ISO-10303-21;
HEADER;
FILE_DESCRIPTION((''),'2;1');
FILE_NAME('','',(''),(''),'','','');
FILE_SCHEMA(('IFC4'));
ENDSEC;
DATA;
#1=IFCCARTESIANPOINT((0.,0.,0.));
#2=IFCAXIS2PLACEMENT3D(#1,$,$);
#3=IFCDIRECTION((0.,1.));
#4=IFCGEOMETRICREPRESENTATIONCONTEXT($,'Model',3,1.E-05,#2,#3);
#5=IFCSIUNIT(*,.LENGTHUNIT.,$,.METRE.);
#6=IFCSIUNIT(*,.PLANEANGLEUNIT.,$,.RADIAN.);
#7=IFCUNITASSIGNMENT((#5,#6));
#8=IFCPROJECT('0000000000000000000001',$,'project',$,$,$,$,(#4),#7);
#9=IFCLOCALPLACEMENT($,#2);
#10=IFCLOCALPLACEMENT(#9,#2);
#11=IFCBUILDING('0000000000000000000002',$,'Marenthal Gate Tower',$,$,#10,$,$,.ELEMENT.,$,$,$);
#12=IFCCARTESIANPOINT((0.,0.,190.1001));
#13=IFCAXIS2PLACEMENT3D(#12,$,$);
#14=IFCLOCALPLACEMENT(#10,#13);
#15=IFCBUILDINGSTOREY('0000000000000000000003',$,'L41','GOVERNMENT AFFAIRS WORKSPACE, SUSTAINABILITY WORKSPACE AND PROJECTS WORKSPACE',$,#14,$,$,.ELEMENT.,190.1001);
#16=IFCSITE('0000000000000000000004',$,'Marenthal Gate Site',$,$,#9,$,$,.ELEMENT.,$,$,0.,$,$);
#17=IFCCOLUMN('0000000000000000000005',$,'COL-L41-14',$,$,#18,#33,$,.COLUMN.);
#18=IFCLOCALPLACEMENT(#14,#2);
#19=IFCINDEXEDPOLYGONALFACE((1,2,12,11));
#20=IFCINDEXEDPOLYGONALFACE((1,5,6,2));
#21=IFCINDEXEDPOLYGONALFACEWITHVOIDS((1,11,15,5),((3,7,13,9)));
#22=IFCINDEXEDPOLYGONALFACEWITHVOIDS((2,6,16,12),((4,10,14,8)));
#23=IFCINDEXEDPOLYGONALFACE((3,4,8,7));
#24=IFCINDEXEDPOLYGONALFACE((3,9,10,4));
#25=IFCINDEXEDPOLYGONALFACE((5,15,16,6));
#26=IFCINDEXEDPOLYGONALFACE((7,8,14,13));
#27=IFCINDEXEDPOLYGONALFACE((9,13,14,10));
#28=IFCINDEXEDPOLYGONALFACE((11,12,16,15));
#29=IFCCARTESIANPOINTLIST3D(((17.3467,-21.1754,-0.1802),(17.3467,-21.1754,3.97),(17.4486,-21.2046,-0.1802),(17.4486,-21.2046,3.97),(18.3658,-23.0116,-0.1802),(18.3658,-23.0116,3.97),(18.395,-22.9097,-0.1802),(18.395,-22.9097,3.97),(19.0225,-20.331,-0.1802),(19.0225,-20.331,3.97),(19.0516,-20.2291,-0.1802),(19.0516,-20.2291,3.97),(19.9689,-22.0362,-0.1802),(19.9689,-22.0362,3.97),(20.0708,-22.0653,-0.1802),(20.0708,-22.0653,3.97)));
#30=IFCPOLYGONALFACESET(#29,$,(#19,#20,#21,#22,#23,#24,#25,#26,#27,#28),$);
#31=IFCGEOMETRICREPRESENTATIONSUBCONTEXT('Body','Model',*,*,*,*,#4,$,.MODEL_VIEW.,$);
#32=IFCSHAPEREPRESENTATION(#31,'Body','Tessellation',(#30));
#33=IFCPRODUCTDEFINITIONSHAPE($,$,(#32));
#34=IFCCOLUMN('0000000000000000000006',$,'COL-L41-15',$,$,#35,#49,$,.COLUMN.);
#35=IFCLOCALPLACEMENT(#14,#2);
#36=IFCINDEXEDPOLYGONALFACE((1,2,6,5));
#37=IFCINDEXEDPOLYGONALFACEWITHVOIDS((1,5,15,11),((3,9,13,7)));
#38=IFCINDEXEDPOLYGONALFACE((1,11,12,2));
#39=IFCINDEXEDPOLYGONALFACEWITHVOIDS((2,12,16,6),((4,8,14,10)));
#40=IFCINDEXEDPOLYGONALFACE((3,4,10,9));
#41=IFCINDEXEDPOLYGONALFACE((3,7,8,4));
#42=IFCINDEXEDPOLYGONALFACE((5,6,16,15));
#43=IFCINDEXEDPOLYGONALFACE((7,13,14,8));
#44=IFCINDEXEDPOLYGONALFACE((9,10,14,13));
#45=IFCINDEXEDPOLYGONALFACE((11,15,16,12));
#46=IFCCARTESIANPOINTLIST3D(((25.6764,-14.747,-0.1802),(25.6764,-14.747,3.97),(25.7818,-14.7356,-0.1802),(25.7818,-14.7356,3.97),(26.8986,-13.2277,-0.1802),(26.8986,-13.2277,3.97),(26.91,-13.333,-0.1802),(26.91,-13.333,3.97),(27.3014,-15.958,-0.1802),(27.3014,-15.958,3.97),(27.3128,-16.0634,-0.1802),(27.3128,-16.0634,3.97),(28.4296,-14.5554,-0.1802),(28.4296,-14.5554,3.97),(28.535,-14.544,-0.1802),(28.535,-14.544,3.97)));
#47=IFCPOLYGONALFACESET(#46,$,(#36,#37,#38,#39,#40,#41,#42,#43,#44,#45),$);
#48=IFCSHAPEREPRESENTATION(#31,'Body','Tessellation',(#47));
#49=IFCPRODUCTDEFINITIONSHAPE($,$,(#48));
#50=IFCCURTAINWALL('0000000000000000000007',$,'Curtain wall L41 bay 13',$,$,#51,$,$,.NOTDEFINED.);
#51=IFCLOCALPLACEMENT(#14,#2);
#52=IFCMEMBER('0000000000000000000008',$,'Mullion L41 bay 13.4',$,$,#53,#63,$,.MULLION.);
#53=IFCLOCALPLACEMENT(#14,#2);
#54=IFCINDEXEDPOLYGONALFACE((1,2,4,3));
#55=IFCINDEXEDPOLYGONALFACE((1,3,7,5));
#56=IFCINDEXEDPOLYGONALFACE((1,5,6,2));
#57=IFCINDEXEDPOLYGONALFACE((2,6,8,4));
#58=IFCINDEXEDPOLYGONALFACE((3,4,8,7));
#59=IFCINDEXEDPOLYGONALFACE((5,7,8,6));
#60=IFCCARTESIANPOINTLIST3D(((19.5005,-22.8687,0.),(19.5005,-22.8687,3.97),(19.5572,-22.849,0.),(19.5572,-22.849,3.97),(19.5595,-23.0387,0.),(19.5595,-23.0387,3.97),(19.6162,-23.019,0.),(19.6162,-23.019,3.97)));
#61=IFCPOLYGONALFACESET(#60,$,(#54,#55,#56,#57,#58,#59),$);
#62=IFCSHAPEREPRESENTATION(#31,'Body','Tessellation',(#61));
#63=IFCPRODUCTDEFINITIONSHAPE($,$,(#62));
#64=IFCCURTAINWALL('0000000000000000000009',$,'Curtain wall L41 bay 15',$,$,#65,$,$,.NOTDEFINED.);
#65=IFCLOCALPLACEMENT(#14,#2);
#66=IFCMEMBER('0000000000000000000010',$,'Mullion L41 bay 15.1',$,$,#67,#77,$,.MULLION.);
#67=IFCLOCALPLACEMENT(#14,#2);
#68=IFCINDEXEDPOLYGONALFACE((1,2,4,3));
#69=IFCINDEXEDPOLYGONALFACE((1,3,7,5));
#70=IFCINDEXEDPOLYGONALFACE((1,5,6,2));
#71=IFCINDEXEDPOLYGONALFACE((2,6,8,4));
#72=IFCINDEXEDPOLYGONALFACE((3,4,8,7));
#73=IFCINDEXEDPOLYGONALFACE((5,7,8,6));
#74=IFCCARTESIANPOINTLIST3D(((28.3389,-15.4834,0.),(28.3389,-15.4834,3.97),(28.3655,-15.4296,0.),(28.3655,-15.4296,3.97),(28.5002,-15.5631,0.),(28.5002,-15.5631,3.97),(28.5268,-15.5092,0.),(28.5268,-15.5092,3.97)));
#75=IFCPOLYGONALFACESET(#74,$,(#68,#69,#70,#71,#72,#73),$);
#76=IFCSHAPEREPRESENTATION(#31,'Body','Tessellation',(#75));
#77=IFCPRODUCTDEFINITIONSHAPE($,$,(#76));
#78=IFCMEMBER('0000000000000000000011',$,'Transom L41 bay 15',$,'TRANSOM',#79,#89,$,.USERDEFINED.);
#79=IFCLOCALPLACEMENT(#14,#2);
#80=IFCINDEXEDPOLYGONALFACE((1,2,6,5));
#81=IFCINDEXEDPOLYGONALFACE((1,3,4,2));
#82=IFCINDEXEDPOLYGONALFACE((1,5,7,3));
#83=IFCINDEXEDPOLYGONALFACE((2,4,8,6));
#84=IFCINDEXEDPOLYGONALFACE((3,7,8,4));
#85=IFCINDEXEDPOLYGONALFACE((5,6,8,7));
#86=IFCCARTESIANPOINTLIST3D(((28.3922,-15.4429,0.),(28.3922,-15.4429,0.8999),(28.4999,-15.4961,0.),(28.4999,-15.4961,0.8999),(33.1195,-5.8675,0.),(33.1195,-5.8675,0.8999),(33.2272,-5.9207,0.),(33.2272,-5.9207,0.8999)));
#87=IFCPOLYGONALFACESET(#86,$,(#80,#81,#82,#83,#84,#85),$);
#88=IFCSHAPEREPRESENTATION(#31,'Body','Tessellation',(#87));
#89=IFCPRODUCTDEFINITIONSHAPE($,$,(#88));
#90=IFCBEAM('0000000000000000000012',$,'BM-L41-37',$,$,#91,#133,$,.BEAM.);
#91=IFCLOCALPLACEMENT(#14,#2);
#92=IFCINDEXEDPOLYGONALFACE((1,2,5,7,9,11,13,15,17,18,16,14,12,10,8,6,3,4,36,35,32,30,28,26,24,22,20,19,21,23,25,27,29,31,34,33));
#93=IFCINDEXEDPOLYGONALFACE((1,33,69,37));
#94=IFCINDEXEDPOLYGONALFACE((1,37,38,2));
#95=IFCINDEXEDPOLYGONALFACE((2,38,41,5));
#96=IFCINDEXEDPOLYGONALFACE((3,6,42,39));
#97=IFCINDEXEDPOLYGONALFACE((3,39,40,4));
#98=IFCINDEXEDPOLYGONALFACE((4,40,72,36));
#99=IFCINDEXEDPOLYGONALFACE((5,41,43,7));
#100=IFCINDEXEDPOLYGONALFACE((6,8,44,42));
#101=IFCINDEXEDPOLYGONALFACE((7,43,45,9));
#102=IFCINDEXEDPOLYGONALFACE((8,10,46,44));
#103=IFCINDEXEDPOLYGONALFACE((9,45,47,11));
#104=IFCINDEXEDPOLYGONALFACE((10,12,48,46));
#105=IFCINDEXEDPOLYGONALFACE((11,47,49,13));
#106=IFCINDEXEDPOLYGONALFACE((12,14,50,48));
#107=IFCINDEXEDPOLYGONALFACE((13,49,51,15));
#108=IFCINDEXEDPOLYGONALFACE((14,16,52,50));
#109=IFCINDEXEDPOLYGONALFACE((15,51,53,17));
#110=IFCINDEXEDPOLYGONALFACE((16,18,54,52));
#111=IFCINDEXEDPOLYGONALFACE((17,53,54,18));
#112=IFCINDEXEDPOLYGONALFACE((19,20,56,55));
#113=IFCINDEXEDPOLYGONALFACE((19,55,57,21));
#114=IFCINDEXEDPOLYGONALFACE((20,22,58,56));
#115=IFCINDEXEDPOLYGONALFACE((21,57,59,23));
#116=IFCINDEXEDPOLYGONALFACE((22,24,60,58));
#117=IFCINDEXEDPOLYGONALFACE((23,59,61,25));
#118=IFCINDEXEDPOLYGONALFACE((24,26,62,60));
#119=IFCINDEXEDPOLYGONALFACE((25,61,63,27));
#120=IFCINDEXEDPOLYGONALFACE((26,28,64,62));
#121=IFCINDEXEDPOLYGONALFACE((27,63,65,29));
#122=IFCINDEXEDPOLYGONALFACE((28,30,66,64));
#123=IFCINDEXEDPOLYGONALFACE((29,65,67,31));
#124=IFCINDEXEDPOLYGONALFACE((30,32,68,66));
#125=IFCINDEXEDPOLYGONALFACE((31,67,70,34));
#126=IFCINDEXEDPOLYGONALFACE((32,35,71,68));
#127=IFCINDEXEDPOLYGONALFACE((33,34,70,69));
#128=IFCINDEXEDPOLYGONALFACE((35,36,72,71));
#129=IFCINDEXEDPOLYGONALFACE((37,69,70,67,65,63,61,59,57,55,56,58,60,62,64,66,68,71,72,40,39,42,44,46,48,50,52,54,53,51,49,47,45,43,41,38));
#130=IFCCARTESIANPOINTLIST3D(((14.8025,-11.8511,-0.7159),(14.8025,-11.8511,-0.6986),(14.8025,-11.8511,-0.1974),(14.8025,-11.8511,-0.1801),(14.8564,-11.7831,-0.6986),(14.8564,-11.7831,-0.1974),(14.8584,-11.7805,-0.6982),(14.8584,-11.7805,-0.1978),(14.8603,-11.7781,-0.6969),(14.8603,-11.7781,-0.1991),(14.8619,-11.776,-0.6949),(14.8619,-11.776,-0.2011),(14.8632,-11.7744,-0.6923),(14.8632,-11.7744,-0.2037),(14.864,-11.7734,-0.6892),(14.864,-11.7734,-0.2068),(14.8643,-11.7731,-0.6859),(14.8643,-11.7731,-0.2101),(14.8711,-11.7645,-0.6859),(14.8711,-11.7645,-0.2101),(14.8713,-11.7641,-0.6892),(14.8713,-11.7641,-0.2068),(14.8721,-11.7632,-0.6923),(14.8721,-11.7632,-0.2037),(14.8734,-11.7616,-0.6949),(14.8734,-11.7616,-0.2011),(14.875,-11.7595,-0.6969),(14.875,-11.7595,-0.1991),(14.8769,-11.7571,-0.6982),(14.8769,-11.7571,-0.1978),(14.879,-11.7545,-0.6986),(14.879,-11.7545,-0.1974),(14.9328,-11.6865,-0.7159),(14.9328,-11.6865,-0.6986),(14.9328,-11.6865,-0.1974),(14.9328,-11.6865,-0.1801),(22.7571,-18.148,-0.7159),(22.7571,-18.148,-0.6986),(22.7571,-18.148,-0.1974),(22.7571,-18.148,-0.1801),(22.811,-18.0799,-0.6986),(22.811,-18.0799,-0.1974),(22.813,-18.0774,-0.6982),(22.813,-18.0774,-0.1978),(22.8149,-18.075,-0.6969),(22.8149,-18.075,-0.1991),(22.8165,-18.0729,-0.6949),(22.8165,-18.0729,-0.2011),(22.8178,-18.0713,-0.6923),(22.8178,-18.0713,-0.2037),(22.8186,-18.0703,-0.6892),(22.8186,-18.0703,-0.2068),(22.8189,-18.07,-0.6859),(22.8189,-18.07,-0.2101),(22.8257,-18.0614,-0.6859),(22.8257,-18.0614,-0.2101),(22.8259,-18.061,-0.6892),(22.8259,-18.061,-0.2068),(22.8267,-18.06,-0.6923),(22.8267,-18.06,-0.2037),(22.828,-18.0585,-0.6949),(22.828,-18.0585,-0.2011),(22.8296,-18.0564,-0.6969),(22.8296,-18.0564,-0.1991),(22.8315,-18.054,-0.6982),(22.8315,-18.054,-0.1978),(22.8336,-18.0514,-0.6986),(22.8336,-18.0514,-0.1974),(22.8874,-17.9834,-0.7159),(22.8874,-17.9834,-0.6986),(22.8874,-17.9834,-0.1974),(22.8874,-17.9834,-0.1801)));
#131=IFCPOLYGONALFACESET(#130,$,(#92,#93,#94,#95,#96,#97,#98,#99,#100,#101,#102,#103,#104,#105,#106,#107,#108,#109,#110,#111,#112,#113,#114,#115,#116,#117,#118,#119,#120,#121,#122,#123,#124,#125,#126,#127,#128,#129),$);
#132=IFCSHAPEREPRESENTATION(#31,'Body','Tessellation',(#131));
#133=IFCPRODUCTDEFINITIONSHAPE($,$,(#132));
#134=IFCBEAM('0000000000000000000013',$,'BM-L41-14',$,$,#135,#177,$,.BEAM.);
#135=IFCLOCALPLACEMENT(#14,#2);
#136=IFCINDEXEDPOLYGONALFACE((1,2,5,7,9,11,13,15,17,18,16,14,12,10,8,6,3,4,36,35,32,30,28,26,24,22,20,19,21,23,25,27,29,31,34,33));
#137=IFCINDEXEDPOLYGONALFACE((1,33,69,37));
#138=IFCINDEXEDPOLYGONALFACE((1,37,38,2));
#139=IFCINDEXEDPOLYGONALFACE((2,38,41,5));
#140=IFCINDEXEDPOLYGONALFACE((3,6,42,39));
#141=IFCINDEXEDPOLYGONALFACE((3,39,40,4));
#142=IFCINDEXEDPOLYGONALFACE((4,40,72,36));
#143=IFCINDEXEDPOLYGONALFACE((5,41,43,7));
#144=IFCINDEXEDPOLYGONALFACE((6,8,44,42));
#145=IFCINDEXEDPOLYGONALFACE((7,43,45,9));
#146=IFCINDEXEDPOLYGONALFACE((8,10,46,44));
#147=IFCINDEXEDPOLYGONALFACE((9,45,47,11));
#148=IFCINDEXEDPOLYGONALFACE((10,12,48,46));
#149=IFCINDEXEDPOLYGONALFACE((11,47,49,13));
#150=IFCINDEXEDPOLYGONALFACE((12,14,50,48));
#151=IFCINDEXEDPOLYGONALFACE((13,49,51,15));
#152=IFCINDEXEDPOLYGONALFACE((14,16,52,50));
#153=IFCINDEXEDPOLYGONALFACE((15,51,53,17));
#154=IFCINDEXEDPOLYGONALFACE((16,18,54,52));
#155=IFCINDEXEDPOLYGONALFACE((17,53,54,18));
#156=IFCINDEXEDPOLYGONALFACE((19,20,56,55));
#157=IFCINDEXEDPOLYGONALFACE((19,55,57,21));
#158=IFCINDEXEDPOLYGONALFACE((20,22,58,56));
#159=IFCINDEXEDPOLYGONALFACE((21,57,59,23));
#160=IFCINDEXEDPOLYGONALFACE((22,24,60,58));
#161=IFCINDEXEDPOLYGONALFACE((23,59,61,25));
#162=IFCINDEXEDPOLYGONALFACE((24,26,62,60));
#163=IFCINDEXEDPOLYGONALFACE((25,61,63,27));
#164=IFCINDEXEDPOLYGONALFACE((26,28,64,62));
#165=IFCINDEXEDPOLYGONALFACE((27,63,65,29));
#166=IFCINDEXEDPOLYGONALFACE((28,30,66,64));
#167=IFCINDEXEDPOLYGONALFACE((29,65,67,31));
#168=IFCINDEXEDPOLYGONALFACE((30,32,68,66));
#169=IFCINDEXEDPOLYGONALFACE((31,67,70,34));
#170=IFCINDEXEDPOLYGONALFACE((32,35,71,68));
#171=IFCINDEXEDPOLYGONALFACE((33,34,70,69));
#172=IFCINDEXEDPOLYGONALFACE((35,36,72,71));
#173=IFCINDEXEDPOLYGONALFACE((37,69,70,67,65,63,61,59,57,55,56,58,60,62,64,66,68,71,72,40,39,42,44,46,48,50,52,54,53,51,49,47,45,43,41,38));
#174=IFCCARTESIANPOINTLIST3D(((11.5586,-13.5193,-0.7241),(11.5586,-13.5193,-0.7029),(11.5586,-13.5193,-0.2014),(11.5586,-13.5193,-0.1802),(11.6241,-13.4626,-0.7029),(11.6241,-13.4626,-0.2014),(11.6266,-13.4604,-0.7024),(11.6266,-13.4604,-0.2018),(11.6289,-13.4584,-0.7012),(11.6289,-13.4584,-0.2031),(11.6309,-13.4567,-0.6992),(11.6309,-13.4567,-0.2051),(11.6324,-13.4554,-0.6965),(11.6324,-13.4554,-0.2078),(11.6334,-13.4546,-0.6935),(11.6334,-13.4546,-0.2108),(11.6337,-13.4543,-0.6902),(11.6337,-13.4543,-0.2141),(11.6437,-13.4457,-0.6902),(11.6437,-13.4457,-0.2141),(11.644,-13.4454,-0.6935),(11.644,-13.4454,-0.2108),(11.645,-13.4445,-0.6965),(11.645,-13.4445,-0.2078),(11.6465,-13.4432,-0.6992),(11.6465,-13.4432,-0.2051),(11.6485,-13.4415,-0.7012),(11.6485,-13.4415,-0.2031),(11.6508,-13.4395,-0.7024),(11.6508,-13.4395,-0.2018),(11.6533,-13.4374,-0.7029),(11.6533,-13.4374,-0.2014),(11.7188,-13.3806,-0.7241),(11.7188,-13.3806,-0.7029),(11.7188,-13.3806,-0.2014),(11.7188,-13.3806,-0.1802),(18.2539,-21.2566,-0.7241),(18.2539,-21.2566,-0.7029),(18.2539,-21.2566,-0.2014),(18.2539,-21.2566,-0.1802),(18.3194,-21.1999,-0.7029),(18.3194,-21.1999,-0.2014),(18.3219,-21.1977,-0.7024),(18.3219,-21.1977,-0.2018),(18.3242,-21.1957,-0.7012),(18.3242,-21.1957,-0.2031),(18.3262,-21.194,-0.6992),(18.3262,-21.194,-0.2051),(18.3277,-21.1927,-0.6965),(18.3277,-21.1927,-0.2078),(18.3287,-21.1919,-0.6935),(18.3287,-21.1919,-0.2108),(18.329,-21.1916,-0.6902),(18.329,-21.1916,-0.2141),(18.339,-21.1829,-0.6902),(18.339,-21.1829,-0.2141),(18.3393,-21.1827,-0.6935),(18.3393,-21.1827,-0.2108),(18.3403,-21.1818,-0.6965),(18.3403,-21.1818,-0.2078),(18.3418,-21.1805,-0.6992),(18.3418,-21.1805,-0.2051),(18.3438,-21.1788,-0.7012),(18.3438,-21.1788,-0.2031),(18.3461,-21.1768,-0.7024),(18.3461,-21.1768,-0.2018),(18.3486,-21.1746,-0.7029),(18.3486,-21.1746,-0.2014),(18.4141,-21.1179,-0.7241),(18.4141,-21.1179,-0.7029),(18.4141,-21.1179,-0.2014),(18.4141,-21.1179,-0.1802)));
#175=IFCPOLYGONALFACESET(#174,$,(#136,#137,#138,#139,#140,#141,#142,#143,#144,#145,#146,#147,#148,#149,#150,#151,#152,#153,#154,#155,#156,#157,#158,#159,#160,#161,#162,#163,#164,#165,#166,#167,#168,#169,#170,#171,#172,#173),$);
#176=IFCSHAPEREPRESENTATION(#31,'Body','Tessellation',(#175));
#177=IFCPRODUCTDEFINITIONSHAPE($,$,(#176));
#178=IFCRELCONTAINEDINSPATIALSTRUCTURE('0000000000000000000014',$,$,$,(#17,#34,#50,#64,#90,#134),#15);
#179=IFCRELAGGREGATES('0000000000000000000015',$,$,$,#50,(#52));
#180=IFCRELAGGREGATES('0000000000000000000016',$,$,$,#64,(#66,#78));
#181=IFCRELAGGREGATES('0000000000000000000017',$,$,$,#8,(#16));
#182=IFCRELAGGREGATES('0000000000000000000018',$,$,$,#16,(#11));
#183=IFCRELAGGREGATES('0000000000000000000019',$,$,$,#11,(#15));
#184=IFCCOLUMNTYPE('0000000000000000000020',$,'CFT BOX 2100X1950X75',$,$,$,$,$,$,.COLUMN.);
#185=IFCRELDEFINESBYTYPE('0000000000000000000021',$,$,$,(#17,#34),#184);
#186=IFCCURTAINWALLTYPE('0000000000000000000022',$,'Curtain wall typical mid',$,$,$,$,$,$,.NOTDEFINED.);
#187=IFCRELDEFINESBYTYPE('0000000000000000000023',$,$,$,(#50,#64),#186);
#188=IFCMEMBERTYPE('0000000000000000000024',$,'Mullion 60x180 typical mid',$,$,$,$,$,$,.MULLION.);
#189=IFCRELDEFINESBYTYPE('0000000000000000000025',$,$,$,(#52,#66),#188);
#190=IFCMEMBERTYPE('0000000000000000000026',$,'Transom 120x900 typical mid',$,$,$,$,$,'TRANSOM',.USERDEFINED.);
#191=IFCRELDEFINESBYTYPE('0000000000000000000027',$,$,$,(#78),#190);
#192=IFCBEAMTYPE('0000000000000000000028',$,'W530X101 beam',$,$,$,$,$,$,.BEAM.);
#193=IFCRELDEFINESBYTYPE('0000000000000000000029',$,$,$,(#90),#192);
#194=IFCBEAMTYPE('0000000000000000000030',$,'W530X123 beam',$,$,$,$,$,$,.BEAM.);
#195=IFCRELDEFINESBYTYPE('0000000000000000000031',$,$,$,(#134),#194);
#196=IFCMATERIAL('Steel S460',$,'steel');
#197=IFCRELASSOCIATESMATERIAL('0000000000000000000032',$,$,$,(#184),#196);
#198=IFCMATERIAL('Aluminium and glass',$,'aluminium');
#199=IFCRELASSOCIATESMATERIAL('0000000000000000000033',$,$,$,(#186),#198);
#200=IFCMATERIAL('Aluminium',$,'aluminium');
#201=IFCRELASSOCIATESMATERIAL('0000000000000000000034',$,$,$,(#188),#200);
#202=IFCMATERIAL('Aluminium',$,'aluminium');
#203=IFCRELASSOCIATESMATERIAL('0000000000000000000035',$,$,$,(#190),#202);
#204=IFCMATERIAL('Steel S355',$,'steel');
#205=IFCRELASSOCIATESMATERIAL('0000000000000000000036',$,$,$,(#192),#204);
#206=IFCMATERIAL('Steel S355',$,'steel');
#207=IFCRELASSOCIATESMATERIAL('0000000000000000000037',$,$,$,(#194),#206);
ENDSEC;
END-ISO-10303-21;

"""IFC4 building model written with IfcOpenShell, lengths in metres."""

from ifc_helpers import new_model, si_unit, direction, frame, origin, origin_2d, place, context, subcontext, project, spatial, rectangle, hollow_rectangle, i_section, extrude, material, material_profile, profile_set, type_object, element, aggregate, save


model = new_model("IFC4")

# Units and contexts
model_context = context("Model", 3, precision=1e-05, world=origin(), true_north=direction((0.0, 1.0)))
body_context = subcontext(model_context, "Body", "Model", "MODEL_VIEW")
ifc_project = project(units=[si_unit("LENGTHUNIT", "METRE"), si_unit("PLANEANGLEUNIT", "RADIAN")], contexts=[model_context])

# Site, building, storey
site_placement = place(None, origin())
site = spatial("IfcSite", under=ifc_project, at=site_placement, Name="Marenthal Gate Site", CompositionType="ELEMENT", RefElevation=0.0)
building_placement = place(site_placement, origin())
building = spatial("IfcBuilding", under=site, at=building_placement, Name="Marenthal Gate Tower", CompositionType="ELEMENT")
storey_placement = place(building_placement, frame((0.0, 0.0, 190.1001)))
storey = spatial("IfcBuildingStorey", under=building, at=storey_placement, Name="L41", Description="GOVERNMENT AFFAIRS WORKSPACE, SUSTAINABILITY WORKSPACE AND PROJECTS WORKSPACE", CompositionType="ELEMENT", Elevation=190.1001)

# Columns
ifc_material_1 = material(Name="Steel S460", Category="steel")
ifc_material_profile_1 = material_profile(ifc_material_1, hollow_rectangle(XDim=1.95, YDim=2.1001, WallThickness=0.075, at=origin_2d()), Name="CFT BOX 2100X1950X75")
ifc_material_2 = material(Name="Concrete 70 MPa", Category="concrete")
ifc_material_profile_2 = material_profile(ifc_material_2, rectangle(XDim=1.8, YDim=1.95, at=origin_2d()), Name="CFT BOX 2100X1950X75 INFILL")
ifc_profile_set_1 = profile_set([ifc_material_profile_1, ifc_material_profile_2], Name="Steel S460 shell, Concrete 70 MPa infill")
column_type = type_object("IfcColumnType", Name="CFT BOX 2100X1950X75", PredefinedType="COLUMN", material=ifc_profile_set_1)
for number, where, z_axis, x_axis, name in (
    (1, (18.7087, -21.6204, -0.1802), (0.0, 0.0, 1.0), (-0.874354, -0.485289, 0.0), "COL-L41-14"),
    (2, (27.1057, -14.6455, -0.1802), (0.0, 0.0, 1.0), (-0.626783, -0.779194, 0.0), "COL-L41-15"),
):
    element("IfcColumn", number, at=place(storey_placement, frame(where, z_axis=z_axis, x_axis=x_axis)), inside=storey, type_object=column_type, Name=name, PredefinedType="COLUMN", context=body_context, shape_type="SweptSolid", body=[
        extrude(hollow_rectangle(XDim=1.95, YDim=2.1001, WallThickness=0.075, at=origin_2d()), origin(), (0.0, 0.0, 1.0), 4.1501),
    ])

# Curtain wall, member
ifc_material_3 = material(Name="Aluminium and glass", Category="aluminium")
curtain_wall_type = type_object("IfcCurtainWallType", Name="Curtain wall typical mid", PredefinedType="NOTDEFINED", material=ifc_material_3)
curtain_wall_1_placement = place(storey_placement, origin())
curtain_wall_1 = element("IfcCurtainWall", 3, at=curtain_wall_1_placement, inside=storey, type_object=curtain_wall_type, Name="Curtain wall L41 bay 13", PredefinedType="NOTDEFINED")
ifc_material_4 = material(Name="Aluminium", Category="aluminium")
ifc_material_profile_3 = material_profile(ifc_material_4, rectangle(XDim=0.1799, YDim=0.0601, at=origin_2d()), Name="60x180 aluminium mullion")
ifc_profile_set_2 = profile_set([ifc_material_profile_3], Name="Aluminium")
member_type_1 = type_object("IfcMemberType", Name="Mullion 60x180 typical mid", PredefinedType="MULLION", material=ifc_profile_set_2)
member_1_placement = place(storey_placement, frame((19.5583, -22.9438, 0.0), z_axis=(0.0, 0.0, 1.0), x_axis=(-0.328273, 0.944583, 0.0)))
member_1 = element("IfcMember", 4, at=member_1_placement, type_object=member_type_1, Name="Mullion L41 bay 13.4", PredefinedType="MULLION", context=body_context, shape_type="SweptSolid", body=[
    extrude(rectangle(XDim=0.1799, YDim=0.0601, at=origin_2d()), origin(), (0.0, 0.0, 1.0), 3.97),
])
aggregate(curtain_wall_1, [member_1])

# Curtain wall, members
curtain_wall_2_placement = place(storey_placement, origin())
curtain_wall_2 = element("IfcCurtainWall", 5, at=curtain_wall_2_placement, inside=storey, type_object=curtain_wall_type, Name="Curtain wall L41 bay 15", PredefinedType="NOTDEFINED")
member_2_placement = place(storey_placement, frame((28.4329, -15.4963, 0.0), z_axis=(0.0, 0.0, 1.0), x_axis=(-0.896681, 0.442678, 0.0)))
member_2 = element("IfcMember", 6, at=member_2_placement, type_object=member_type_1, Name="Mullion L41 bay 15.1", PredefinedType="MULLION", context=body_context, shape_type="SweptSolid", body=[
    extrude(rectangle(XDim=0.1799, YDim=0.0601, at=origin_2d()), origin(), (0.0, 0.0, 1.0), 3.97),
])
ifc_material_5 = material(Name="Aluminium", Category="aluminium")
ifc_material_profile_4 = material_profile(ifc_material_5, rectangle(XDim=0.1201, YDim=0.8999, at=origin_2d()), Name="120x900 aluminium transom")
ifc_profile_set_3 = profile_set([ifc_material_profile_4], Name="Aluminium")
member_type_2 = type_object("IfcMemberType", Name="Transom 120x900 typical mid", ElementType="TRANSOM", PredefinedType="USERDEFINED", material=ifc_profile_set_3)
member_3_placement = place(storey_placement, frame((28.446, -15.4695, 0.45), z_axis=(0.442681, 0.896679, 0.0), x_axis=(-0.896679, 0.442681, 0.0)))
member_3 = element("IfcMember", 7, at=member_3_placement, type_object=member_type_2, Name="Transom L41 bay 15", ObjectType="TRANSOM", PredefinedType="USERDEFINED", context=body_context, shape_type="SweptSolid", body=[
    extrude(rectangle(XDim=0.1201, YDim=0.8999, at=origin_2d()), origin(), (0.0, 0.0, 1.0), 10.6787),
])

# Beams
ifc_material_6 = material(Name="Steel S355", Category="steel")
ifc_material_profile_5 = material_profile(ifc_material_6, i_section(OverallWidth=0.21, OverallDepth=0.5359, WebThickness=0.011, FlangeThickness=0.0173, FilletRadius=0.0127, at=origin_2d()), Name="W530X101")
ifc_profile_set_4 = profile_set([ifc_material_profile_5], Name="Steel S355")
beam_type_1 = type_object("IfcBeamType", Name="W530X101 beam", PredefinedType="BEAM", material=ifc_profile_set_4)
beam_1_placement = place(storey_placement, frame((22.8223, -18.0657, -0.448), z_axis=(-0.78407, 0.620672, 0.0), x_axis=(-0.620672, -0.78407, 0.0)))
element("IfcBeam", 8, at=beam_1_placement, inside=storey, type_object=beam_type_1, Name="BM-L41-37", PredefinedType="BEAM", context=body_context, shape_type="SweptSolid", body=[
    extrude(i_section(OverallWidth=0.21, OverallDepth=0.5359, WebThickness=0.011, FlangeThickness=0.0173, FilletRadius=0.0127, at=origin_2d()), origin(), (0.0, 0.0, 1.0), 10.1453),
])
ifc_material_7 = material(Name="Steel S355", Category="steel")
ifc_material_profile_6 = material_profile(ifc_material_7, i_section(OverallWidth=0.2119, OverallDepth=0.5439, WebThickness=0.0132, FlangeThickness=0.0212, FilletRadius=0.0127, at=origin_2d()), Name="W530X123")
ifc_profile_set_5 = profile_set([ifc_material_profile_6], Name="Steel S355")
beam_type_2 = type_object("IfcBeamType", Name="W530X123 beam", PredefinedType="BEAM", material=ifc_profile_set_5)
beam_2_placement = place(storey_placement, frame((18.334, -21.1873, -0.4521), z_axis=(-0.654353, 0.75619, 0.0), x_axis=(-0.75619, -0.654353, 0.0)))
element("IfcBeam", 9, at=beam_2_placement, inside=storey, type_object=beam_type_2, Name="BM-L41-14", PredefinedType="BEAM", context=body_context, shape_type="SweptSolid", body=[
    extrude(i_section(OverallWidth=0.2119, OverallDepth=0.5439, WebThickness=0.0132, FlangeThickness=0.0212, FilletRadius=0.0127, at=origin_2d()), origin(), (0.0, 0.0, 1.0), 10.2319),
])

aggregate(curtain_wall_2, [member_2, member_3])

save(model, "model.ifc")
